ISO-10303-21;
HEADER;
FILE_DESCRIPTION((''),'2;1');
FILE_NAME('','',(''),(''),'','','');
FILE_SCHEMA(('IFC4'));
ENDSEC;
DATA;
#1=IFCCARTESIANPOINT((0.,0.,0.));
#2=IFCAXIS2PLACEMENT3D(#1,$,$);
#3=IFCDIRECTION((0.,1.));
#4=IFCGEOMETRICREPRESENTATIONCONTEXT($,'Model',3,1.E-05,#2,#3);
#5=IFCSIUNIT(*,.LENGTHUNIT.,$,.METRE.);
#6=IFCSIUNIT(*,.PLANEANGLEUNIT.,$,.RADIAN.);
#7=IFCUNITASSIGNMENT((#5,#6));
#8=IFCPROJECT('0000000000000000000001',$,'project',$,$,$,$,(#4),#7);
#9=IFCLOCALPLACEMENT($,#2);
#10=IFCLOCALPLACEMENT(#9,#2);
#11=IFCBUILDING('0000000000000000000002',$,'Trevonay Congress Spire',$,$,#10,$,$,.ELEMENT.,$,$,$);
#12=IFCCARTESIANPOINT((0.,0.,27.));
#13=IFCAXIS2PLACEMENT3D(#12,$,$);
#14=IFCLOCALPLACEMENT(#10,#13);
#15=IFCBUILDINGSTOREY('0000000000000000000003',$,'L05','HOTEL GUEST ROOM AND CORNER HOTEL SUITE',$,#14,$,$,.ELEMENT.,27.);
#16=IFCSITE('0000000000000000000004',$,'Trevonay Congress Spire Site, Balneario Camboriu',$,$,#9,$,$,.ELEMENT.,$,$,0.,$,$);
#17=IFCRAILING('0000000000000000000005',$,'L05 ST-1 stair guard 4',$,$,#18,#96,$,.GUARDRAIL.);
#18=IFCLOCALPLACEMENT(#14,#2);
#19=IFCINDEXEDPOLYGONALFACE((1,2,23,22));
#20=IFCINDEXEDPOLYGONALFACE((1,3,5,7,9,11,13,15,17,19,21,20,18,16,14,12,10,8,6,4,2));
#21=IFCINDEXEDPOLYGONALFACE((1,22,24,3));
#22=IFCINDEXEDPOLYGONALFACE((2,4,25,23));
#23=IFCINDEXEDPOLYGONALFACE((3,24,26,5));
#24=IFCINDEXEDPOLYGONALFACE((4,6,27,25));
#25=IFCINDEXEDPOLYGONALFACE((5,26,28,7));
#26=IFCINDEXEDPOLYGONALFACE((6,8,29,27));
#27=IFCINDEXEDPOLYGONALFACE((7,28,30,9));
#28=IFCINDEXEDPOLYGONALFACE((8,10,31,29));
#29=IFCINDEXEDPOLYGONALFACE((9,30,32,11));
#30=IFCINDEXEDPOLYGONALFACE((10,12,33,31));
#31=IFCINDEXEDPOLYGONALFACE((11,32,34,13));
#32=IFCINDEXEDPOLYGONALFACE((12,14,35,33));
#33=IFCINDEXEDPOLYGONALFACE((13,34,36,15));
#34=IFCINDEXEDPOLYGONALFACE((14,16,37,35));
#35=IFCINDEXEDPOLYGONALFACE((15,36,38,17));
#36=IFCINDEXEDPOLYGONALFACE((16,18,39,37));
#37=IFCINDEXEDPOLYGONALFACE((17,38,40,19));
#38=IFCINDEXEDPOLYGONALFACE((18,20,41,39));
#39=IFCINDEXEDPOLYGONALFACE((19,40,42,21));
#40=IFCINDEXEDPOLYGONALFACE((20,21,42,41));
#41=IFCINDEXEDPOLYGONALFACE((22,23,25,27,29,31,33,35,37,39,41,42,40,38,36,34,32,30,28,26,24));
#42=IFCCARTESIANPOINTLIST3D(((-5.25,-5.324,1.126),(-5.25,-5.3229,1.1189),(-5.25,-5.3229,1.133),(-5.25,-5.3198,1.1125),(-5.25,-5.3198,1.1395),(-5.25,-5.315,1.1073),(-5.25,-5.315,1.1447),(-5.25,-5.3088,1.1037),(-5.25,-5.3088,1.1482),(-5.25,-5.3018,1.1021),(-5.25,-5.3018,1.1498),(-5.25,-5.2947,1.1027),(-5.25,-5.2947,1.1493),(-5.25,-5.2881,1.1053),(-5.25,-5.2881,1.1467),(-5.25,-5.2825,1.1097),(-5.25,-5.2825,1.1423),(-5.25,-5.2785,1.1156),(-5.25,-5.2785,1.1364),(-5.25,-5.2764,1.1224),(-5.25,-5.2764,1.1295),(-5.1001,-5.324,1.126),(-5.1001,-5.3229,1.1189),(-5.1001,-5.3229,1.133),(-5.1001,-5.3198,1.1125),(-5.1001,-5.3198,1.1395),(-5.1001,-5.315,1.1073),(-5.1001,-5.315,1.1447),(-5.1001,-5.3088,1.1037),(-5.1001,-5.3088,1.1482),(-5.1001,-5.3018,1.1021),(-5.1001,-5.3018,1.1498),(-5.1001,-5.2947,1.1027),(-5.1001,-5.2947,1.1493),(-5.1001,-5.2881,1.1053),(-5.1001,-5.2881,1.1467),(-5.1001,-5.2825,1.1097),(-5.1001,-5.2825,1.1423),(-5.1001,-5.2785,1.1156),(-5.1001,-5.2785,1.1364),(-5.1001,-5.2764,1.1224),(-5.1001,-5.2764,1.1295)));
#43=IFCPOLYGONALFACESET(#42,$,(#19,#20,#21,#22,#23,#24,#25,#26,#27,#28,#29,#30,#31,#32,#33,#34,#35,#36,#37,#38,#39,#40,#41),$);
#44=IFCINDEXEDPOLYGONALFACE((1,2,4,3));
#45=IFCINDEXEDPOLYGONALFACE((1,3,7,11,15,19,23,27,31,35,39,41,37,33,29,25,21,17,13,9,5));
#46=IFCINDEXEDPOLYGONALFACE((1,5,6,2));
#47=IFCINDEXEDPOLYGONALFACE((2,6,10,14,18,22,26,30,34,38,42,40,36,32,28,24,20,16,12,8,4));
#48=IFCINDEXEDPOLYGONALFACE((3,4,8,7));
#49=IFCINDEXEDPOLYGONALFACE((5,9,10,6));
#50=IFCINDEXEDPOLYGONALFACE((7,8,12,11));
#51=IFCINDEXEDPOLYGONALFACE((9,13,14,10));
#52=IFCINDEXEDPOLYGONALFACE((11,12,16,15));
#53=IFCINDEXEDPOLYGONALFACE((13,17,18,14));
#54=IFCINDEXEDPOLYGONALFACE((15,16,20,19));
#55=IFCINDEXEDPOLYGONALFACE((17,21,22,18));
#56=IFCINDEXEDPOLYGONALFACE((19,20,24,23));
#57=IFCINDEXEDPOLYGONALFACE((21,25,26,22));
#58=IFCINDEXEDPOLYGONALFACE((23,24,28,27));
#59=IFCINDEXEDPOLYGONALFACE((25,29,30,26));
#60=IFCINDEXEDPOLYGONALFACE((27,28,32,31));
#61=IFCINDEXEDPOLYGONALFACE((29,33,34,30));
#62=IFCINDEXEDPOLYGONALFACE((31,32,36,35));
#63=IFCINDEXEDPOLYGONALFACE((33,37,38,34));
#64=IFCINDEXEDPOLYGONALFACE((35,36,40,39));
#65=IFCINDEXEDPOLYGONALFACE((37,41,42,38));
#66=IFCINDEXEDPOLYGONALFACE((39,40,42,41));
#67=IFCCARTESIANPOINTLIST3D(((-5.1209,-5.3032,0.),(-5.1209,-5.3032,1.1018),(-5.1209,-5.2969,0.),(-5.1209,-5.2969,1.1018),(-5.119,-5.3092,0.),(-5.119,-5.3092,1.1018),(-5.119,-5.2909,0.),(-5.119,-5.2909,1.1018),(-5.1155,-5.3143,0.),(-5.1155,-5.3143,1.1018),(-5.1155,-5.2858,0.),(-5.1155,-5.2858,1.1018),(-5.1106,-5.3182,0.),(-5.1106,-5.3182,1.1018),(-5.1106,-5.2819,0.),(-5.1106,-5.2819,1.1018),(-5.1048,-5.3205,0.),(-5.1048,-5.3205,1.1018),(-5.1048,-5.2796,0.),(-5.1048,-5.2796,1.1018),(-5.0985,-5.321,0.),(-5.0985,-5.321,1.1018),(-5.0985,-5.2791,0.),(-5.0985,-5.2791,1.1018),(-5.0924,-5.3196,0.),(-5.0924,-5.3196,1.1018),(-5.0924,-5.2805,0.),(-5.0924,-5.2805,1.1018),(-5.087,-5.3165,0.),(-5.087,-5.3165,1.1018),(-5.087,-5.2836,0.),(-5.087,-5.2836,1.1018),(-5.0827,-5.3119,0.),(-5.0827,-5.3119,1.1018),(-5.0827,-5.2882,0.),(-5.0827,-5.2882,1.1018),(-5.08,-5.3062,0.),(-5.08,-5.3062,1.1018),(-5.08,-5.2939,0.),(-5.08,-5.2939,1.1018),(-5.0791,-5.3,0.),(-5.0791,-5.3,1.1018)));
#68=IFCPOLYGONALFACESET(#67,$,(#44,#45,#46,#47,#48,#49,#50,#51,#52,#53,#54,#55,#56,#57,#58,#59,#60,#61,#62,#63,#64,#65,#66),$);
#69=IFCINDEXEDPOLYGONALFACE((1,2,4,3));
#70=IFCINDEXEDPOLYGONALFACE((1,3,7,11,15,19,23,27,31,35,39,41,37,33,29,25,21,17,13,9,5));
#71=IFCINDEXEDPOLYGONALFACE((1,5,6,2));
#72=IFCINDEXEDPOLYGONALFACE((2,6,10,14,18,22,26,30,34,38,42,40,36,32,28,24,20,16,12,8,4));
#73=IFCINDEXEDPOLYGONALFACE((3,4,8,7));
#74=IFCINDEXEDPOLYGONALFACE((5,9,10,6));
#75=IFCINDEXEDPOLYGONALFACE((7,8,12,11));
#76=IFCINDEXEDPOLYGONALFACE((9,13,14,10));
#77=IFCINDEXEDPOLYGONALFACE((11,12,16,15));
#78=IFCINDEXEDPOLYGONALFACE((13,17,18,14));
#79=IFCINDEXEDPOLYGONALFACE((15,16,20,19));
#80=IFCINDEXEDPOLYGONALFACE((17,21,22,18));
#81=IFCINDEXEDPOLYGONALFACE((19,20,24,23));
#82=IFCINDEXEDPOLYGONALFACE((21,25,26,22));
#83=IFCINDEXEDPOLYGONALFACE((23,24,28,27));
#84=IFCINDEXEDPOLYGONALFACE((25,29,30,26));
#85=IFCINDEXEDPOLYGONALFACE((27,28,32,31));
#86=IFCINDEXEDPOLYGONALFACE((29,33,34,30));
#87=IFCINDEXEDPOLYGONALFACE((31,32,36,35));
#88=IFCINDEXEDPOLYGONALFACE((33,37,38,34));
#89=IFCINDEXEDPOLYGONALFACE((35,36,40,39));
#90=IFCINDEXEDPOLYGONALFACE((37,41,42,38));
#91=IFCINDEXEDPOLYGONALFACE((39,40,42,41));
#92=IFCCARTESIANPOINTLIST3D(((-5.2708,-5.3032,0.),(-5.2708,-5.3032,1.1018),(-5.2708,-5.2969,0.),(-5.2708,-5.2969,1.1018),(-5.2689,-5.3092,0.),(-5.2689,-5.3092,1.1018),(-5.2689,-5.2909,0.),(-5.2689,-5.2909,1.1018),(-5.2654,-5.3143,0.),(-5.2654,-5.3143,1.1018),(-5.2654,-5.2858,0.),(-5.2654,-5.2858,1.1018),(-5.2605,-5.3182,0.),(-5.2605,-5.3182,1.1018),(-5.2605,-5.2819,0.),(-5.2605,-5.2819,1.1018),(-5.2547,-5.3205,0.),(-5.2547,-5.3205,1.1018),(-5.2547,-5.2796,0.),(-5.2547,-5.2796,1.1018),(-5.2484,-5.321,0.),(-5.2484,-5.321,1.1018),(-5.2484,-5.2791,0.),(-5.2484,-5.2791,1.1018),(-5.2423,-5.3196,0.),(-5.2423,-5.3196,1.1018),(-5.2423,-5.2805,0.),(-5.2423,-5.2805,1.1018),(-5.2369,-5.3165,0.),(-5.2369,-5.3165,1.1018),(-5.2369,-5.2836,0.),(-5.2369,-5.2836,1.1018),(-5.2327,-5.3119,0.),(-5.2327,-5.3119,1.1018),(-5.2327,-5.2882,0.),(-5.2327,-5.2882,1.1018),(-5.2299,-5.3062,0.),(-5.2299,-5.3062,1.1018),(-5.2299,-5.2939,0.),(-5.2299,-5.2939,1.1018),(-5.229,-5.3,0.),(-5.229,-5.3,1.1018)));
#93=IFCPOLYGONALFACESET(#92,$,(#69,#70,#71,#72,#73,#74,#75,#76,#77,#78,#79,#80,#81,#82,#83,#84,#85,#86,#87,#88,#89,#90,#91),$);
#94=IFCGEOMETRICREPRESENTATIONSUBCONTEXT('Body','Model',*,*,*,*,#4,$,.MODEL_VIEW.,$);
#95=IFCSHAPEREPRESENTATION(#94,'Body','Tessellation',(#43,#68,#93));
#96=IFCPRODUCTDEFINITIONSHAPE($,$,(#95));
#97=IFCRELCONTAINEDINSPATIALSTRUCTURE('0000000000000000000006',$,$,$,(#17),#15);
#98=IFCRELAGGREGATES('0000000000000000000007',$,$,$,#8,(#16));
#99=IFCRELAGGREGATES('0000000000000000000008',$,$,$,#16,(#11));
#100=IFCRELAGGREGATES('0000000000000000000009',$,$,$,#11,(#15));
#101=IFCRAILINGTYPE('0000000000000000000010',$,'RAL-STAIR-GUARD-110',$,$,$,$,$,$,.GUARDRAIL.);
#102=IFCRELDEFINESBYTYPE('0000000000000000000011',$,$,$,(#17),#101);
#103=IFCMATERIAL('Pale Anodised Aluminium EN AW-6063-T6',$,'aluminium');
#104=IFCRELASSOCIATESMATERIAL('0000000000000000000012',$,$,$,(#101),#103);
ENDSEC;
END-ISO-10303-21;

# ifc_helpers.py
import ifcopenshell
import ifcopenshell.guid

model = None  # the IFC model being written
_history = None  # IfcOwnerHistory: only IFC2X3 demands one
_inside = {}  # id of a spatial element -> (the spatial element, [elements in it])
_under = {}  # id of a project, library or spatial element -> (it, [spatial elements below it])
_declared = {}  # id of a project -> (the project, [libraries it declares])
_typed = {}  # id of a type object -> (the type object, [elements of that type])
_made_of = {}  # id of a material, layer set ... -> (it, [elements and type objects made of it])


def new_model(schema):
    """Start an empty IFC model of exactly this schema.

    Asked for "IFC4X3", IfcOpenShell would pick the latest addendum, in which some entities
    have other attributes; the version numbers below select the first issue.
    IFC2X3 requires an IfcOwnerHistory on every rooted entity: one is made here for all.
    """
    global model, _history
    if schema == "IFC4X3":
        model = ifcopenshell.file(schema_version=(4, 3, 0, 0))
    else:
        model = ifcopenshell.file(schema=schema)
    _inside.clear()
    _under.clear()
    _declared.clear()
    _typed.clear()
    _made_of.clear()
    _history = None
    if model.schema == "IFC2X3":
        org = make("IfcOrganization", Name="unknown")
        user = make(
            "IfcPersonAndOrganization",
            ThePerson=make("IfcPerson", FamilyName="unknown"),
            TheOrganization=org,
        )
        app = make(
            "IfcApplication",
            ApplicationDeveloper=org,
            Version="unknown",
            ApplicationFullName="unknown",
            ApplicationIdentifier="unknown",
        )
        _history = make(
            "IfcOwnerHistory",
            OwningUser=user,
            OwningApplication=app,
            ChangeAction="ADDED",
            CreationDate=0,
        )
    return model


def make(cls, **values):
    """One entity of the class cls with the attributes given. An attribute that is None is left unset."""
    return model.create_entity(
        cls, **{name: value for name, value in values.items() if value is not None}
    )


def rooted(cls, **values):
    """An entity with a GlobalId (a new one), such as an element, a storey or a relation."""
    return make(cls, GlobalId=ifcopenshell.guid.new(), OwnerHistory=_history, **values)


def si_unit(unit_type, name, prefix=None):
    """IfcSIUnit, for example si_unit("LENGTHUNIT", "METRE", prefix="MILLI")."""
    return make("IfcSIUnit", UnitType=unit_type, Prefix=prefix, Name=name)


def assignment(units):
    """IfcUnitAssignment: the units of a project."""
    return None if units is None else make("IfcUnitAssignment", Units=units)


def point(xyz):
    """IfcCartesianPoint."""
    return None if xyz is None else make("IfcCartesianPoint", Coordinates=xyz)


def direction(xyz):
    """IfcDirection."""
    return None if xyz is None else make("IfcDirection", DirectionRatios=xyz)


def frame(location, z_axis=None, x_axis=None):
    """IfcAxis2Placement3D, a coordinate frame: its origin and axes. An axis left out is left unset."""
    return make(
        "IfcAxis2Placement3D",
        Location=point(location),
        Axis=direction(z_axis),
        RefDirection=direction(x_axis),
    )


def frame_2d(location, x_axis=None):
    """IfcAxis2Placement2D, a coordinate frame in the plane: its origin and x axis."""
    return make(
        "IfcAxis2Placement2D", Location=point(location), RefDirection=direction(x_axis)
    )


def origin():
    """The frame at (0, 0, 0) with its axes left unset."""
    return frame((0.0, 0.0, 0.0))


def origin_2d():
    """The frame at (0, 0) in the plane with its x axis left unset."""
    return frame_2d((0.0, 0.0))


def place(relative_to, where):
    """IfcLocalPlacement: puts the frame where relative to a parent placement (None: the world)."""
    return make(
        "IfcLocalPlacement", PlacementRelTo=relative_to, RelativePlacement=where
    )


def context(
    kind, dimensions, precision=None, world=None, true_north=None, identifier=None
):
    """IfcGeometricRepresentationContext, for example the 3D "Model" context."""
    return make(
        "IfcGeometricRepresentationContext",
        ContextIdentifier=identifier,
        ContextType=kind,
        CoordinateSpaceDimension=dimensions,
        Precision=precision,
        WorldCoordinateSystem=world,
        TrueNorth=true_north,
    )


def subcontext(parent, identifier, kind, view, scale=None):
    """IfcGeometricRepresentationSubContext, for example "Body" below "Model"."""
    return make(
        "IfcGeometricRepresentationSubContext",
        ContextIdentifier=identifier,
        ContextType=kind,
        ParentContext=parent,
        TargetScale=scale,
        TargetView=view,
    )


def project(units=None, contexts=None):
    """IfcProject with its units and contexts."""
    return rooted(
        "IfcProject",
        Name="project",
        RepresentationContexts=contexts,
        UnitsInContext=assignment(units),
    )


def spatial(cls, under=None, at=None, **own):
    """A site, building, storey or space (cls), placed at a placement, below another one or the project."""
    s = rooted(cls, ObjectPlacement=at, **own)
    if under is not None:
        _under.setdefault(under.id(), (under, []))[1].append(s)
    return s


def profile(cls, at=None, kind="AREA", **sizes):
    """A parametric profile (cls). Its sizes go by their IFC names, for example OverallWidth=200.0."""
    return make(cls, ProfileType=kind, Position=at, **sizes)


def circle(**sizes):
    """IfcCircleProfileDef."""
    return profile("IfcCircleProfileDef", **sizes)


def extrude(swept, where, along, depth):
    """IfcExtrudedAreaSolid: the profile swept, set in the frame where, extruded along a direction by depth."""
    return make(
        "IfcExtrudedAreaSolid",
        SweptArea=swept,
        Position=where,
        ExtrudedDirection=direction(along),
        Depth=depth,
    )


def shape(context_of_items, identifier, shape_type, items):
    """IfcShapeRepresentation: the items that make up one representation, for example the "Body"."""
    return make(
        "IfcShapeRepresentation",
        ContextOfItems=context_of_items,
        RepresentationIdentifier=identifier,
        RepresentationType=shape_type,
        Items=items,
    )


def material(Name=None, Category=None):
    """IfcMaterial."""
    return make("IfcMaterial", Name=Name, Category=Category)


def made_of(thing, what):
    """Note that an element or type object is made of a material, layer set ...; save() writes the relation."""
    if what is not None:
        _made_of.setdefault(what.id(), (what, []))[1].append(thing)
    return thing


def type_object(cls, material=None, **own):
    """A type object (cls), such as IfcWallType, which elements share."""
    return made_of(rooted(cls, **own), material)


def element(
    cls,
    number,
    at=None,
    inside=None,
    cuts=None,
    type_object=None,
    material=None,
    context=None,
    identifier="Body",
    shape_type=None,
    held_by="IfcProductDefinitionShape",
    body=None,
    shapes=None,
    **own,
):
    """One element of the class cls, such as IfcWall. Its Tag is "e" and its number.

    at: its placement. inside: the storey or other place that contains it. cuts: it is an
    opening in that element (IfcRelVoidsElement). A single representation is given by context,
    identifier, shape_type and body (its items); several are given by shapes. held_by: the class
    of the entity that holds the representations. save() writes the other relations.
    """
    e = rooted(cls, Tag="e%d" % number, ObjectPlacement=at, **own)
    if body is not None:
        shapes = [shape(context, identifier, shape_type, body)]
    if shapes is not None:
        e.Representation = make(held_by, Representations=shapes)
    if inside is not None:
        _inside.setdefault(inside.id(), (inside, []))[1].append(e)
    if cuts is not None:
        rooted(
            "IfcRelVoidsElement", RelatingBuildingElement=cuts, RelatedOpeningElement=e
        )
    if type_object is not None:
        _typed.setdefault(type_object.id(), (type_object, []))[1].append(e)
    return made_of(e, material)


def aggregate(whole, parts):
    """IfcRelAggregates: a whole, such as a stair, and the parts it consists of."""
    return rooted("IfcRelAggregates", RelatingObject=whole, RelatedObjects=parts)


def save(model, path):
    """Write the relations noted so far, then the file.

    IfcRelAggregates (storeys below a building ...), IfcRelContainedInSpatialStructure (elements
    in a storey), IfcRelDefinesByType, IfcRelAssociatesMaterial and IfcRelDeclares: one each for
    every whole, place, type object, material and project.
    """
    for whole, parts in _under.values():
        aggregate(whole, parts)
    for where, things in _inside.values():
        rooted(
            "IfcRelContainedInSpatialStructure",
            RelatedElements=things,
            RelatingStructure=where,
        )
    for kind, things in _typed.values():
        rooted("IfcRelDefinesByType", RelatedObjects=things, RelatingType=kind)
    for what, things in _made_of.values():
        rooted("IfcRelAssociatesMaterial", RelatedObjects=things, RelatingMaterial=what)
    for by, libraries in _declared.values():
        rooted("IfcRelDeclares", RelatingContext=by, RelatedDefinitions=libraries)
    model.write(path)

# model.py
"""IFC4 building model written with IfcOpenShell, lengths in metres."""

from ifc_helpers import new_model, si_unit, direction, frame, origin, origin_2d, place, context, subcontext, project, spatial, circle, extrude, material, type_object, element, save


model = new_model("IFC4")

# Units and contexts
model_context = context("Model", 3, precision=1e-05, world=origin(), true_north=direction((0.0, 1.0)))
body_context = subcontext(model_context, "Body", "Model", "MODEL_VIEW")
ifc_project = project(units=[si_unit("LENGTHUNIT", "METRE"), si_unit("PLANEANGLEUNIT", "RADIAN")], contexts=[model_context])

# Site, building, storey
site_placement = place(None, origin())
site = spatial("IfcSite", under=ifc_project, at=site_placement, Name="Trevonay Congress Spire Site, Balneario Camboriu", CompositionType="ELEMENT", RefElevation=0.0)
building_placement = place(site_placement, origin())
building = spatial("IfcBuilding", under=site, at=building_placement, Name="Trevonay Congress Spire", CompositionType="ELEMENT")
storey_placement = place(building_placement, frame((0.0, 0.0, 27.0)))
storey = spatial("IfcBuildingStorey", under=building, at=storey_placement, Name="L05", Description="HOTEL GUEST ROOM AND CORNER HOTEL SUITE", CompositionType="ELEMENT", Elevation=27.0)

# Shared definitions
ifc_material_1 = material(Name="Pale Anodised Aluminium EN AW-6063-T6", Category="aluminium")

# Railing
railing_type_1 = type_object("IfcRailingType", Name="RAL-STAIR-GUARD-110", PredefinedType="GUARDRAIL", material=ifc_material_1)
railing_1_placement = place(storey_placement, frame((-5.1001, -5.3, 0.0)))
element("IfcRailing", 1, at=railing_1_placement, inside=storey, type_object=railing_type_1, Name="L05 ST-1 stair guard 4", PredefinedType="GUARDRAIL", context=body_context, shape_type="SweptSolid", body=[
    extrude(circle(Radius=0.0239, at=origin_2d()), frame((0.0, 0.0, 1.126), z_axis=(-1.0, 0.0, 0.0), x_axis=(0.0, -1.0, 0.0)), (0.0, 0.0, 1.0), 0.1499),
    extrude(circle(Radius=0.021, at=origin_2d()), origin(), (0.0, 0.0, 1.0), 1.1018),
    extrude(circle(Radius=0.021, at=origin_2d()), frame((-0.1499, 0.0, 0.0)), (0.0, 0.0, 1.0), 1.1018),
])

save(model, "model.ifc")
